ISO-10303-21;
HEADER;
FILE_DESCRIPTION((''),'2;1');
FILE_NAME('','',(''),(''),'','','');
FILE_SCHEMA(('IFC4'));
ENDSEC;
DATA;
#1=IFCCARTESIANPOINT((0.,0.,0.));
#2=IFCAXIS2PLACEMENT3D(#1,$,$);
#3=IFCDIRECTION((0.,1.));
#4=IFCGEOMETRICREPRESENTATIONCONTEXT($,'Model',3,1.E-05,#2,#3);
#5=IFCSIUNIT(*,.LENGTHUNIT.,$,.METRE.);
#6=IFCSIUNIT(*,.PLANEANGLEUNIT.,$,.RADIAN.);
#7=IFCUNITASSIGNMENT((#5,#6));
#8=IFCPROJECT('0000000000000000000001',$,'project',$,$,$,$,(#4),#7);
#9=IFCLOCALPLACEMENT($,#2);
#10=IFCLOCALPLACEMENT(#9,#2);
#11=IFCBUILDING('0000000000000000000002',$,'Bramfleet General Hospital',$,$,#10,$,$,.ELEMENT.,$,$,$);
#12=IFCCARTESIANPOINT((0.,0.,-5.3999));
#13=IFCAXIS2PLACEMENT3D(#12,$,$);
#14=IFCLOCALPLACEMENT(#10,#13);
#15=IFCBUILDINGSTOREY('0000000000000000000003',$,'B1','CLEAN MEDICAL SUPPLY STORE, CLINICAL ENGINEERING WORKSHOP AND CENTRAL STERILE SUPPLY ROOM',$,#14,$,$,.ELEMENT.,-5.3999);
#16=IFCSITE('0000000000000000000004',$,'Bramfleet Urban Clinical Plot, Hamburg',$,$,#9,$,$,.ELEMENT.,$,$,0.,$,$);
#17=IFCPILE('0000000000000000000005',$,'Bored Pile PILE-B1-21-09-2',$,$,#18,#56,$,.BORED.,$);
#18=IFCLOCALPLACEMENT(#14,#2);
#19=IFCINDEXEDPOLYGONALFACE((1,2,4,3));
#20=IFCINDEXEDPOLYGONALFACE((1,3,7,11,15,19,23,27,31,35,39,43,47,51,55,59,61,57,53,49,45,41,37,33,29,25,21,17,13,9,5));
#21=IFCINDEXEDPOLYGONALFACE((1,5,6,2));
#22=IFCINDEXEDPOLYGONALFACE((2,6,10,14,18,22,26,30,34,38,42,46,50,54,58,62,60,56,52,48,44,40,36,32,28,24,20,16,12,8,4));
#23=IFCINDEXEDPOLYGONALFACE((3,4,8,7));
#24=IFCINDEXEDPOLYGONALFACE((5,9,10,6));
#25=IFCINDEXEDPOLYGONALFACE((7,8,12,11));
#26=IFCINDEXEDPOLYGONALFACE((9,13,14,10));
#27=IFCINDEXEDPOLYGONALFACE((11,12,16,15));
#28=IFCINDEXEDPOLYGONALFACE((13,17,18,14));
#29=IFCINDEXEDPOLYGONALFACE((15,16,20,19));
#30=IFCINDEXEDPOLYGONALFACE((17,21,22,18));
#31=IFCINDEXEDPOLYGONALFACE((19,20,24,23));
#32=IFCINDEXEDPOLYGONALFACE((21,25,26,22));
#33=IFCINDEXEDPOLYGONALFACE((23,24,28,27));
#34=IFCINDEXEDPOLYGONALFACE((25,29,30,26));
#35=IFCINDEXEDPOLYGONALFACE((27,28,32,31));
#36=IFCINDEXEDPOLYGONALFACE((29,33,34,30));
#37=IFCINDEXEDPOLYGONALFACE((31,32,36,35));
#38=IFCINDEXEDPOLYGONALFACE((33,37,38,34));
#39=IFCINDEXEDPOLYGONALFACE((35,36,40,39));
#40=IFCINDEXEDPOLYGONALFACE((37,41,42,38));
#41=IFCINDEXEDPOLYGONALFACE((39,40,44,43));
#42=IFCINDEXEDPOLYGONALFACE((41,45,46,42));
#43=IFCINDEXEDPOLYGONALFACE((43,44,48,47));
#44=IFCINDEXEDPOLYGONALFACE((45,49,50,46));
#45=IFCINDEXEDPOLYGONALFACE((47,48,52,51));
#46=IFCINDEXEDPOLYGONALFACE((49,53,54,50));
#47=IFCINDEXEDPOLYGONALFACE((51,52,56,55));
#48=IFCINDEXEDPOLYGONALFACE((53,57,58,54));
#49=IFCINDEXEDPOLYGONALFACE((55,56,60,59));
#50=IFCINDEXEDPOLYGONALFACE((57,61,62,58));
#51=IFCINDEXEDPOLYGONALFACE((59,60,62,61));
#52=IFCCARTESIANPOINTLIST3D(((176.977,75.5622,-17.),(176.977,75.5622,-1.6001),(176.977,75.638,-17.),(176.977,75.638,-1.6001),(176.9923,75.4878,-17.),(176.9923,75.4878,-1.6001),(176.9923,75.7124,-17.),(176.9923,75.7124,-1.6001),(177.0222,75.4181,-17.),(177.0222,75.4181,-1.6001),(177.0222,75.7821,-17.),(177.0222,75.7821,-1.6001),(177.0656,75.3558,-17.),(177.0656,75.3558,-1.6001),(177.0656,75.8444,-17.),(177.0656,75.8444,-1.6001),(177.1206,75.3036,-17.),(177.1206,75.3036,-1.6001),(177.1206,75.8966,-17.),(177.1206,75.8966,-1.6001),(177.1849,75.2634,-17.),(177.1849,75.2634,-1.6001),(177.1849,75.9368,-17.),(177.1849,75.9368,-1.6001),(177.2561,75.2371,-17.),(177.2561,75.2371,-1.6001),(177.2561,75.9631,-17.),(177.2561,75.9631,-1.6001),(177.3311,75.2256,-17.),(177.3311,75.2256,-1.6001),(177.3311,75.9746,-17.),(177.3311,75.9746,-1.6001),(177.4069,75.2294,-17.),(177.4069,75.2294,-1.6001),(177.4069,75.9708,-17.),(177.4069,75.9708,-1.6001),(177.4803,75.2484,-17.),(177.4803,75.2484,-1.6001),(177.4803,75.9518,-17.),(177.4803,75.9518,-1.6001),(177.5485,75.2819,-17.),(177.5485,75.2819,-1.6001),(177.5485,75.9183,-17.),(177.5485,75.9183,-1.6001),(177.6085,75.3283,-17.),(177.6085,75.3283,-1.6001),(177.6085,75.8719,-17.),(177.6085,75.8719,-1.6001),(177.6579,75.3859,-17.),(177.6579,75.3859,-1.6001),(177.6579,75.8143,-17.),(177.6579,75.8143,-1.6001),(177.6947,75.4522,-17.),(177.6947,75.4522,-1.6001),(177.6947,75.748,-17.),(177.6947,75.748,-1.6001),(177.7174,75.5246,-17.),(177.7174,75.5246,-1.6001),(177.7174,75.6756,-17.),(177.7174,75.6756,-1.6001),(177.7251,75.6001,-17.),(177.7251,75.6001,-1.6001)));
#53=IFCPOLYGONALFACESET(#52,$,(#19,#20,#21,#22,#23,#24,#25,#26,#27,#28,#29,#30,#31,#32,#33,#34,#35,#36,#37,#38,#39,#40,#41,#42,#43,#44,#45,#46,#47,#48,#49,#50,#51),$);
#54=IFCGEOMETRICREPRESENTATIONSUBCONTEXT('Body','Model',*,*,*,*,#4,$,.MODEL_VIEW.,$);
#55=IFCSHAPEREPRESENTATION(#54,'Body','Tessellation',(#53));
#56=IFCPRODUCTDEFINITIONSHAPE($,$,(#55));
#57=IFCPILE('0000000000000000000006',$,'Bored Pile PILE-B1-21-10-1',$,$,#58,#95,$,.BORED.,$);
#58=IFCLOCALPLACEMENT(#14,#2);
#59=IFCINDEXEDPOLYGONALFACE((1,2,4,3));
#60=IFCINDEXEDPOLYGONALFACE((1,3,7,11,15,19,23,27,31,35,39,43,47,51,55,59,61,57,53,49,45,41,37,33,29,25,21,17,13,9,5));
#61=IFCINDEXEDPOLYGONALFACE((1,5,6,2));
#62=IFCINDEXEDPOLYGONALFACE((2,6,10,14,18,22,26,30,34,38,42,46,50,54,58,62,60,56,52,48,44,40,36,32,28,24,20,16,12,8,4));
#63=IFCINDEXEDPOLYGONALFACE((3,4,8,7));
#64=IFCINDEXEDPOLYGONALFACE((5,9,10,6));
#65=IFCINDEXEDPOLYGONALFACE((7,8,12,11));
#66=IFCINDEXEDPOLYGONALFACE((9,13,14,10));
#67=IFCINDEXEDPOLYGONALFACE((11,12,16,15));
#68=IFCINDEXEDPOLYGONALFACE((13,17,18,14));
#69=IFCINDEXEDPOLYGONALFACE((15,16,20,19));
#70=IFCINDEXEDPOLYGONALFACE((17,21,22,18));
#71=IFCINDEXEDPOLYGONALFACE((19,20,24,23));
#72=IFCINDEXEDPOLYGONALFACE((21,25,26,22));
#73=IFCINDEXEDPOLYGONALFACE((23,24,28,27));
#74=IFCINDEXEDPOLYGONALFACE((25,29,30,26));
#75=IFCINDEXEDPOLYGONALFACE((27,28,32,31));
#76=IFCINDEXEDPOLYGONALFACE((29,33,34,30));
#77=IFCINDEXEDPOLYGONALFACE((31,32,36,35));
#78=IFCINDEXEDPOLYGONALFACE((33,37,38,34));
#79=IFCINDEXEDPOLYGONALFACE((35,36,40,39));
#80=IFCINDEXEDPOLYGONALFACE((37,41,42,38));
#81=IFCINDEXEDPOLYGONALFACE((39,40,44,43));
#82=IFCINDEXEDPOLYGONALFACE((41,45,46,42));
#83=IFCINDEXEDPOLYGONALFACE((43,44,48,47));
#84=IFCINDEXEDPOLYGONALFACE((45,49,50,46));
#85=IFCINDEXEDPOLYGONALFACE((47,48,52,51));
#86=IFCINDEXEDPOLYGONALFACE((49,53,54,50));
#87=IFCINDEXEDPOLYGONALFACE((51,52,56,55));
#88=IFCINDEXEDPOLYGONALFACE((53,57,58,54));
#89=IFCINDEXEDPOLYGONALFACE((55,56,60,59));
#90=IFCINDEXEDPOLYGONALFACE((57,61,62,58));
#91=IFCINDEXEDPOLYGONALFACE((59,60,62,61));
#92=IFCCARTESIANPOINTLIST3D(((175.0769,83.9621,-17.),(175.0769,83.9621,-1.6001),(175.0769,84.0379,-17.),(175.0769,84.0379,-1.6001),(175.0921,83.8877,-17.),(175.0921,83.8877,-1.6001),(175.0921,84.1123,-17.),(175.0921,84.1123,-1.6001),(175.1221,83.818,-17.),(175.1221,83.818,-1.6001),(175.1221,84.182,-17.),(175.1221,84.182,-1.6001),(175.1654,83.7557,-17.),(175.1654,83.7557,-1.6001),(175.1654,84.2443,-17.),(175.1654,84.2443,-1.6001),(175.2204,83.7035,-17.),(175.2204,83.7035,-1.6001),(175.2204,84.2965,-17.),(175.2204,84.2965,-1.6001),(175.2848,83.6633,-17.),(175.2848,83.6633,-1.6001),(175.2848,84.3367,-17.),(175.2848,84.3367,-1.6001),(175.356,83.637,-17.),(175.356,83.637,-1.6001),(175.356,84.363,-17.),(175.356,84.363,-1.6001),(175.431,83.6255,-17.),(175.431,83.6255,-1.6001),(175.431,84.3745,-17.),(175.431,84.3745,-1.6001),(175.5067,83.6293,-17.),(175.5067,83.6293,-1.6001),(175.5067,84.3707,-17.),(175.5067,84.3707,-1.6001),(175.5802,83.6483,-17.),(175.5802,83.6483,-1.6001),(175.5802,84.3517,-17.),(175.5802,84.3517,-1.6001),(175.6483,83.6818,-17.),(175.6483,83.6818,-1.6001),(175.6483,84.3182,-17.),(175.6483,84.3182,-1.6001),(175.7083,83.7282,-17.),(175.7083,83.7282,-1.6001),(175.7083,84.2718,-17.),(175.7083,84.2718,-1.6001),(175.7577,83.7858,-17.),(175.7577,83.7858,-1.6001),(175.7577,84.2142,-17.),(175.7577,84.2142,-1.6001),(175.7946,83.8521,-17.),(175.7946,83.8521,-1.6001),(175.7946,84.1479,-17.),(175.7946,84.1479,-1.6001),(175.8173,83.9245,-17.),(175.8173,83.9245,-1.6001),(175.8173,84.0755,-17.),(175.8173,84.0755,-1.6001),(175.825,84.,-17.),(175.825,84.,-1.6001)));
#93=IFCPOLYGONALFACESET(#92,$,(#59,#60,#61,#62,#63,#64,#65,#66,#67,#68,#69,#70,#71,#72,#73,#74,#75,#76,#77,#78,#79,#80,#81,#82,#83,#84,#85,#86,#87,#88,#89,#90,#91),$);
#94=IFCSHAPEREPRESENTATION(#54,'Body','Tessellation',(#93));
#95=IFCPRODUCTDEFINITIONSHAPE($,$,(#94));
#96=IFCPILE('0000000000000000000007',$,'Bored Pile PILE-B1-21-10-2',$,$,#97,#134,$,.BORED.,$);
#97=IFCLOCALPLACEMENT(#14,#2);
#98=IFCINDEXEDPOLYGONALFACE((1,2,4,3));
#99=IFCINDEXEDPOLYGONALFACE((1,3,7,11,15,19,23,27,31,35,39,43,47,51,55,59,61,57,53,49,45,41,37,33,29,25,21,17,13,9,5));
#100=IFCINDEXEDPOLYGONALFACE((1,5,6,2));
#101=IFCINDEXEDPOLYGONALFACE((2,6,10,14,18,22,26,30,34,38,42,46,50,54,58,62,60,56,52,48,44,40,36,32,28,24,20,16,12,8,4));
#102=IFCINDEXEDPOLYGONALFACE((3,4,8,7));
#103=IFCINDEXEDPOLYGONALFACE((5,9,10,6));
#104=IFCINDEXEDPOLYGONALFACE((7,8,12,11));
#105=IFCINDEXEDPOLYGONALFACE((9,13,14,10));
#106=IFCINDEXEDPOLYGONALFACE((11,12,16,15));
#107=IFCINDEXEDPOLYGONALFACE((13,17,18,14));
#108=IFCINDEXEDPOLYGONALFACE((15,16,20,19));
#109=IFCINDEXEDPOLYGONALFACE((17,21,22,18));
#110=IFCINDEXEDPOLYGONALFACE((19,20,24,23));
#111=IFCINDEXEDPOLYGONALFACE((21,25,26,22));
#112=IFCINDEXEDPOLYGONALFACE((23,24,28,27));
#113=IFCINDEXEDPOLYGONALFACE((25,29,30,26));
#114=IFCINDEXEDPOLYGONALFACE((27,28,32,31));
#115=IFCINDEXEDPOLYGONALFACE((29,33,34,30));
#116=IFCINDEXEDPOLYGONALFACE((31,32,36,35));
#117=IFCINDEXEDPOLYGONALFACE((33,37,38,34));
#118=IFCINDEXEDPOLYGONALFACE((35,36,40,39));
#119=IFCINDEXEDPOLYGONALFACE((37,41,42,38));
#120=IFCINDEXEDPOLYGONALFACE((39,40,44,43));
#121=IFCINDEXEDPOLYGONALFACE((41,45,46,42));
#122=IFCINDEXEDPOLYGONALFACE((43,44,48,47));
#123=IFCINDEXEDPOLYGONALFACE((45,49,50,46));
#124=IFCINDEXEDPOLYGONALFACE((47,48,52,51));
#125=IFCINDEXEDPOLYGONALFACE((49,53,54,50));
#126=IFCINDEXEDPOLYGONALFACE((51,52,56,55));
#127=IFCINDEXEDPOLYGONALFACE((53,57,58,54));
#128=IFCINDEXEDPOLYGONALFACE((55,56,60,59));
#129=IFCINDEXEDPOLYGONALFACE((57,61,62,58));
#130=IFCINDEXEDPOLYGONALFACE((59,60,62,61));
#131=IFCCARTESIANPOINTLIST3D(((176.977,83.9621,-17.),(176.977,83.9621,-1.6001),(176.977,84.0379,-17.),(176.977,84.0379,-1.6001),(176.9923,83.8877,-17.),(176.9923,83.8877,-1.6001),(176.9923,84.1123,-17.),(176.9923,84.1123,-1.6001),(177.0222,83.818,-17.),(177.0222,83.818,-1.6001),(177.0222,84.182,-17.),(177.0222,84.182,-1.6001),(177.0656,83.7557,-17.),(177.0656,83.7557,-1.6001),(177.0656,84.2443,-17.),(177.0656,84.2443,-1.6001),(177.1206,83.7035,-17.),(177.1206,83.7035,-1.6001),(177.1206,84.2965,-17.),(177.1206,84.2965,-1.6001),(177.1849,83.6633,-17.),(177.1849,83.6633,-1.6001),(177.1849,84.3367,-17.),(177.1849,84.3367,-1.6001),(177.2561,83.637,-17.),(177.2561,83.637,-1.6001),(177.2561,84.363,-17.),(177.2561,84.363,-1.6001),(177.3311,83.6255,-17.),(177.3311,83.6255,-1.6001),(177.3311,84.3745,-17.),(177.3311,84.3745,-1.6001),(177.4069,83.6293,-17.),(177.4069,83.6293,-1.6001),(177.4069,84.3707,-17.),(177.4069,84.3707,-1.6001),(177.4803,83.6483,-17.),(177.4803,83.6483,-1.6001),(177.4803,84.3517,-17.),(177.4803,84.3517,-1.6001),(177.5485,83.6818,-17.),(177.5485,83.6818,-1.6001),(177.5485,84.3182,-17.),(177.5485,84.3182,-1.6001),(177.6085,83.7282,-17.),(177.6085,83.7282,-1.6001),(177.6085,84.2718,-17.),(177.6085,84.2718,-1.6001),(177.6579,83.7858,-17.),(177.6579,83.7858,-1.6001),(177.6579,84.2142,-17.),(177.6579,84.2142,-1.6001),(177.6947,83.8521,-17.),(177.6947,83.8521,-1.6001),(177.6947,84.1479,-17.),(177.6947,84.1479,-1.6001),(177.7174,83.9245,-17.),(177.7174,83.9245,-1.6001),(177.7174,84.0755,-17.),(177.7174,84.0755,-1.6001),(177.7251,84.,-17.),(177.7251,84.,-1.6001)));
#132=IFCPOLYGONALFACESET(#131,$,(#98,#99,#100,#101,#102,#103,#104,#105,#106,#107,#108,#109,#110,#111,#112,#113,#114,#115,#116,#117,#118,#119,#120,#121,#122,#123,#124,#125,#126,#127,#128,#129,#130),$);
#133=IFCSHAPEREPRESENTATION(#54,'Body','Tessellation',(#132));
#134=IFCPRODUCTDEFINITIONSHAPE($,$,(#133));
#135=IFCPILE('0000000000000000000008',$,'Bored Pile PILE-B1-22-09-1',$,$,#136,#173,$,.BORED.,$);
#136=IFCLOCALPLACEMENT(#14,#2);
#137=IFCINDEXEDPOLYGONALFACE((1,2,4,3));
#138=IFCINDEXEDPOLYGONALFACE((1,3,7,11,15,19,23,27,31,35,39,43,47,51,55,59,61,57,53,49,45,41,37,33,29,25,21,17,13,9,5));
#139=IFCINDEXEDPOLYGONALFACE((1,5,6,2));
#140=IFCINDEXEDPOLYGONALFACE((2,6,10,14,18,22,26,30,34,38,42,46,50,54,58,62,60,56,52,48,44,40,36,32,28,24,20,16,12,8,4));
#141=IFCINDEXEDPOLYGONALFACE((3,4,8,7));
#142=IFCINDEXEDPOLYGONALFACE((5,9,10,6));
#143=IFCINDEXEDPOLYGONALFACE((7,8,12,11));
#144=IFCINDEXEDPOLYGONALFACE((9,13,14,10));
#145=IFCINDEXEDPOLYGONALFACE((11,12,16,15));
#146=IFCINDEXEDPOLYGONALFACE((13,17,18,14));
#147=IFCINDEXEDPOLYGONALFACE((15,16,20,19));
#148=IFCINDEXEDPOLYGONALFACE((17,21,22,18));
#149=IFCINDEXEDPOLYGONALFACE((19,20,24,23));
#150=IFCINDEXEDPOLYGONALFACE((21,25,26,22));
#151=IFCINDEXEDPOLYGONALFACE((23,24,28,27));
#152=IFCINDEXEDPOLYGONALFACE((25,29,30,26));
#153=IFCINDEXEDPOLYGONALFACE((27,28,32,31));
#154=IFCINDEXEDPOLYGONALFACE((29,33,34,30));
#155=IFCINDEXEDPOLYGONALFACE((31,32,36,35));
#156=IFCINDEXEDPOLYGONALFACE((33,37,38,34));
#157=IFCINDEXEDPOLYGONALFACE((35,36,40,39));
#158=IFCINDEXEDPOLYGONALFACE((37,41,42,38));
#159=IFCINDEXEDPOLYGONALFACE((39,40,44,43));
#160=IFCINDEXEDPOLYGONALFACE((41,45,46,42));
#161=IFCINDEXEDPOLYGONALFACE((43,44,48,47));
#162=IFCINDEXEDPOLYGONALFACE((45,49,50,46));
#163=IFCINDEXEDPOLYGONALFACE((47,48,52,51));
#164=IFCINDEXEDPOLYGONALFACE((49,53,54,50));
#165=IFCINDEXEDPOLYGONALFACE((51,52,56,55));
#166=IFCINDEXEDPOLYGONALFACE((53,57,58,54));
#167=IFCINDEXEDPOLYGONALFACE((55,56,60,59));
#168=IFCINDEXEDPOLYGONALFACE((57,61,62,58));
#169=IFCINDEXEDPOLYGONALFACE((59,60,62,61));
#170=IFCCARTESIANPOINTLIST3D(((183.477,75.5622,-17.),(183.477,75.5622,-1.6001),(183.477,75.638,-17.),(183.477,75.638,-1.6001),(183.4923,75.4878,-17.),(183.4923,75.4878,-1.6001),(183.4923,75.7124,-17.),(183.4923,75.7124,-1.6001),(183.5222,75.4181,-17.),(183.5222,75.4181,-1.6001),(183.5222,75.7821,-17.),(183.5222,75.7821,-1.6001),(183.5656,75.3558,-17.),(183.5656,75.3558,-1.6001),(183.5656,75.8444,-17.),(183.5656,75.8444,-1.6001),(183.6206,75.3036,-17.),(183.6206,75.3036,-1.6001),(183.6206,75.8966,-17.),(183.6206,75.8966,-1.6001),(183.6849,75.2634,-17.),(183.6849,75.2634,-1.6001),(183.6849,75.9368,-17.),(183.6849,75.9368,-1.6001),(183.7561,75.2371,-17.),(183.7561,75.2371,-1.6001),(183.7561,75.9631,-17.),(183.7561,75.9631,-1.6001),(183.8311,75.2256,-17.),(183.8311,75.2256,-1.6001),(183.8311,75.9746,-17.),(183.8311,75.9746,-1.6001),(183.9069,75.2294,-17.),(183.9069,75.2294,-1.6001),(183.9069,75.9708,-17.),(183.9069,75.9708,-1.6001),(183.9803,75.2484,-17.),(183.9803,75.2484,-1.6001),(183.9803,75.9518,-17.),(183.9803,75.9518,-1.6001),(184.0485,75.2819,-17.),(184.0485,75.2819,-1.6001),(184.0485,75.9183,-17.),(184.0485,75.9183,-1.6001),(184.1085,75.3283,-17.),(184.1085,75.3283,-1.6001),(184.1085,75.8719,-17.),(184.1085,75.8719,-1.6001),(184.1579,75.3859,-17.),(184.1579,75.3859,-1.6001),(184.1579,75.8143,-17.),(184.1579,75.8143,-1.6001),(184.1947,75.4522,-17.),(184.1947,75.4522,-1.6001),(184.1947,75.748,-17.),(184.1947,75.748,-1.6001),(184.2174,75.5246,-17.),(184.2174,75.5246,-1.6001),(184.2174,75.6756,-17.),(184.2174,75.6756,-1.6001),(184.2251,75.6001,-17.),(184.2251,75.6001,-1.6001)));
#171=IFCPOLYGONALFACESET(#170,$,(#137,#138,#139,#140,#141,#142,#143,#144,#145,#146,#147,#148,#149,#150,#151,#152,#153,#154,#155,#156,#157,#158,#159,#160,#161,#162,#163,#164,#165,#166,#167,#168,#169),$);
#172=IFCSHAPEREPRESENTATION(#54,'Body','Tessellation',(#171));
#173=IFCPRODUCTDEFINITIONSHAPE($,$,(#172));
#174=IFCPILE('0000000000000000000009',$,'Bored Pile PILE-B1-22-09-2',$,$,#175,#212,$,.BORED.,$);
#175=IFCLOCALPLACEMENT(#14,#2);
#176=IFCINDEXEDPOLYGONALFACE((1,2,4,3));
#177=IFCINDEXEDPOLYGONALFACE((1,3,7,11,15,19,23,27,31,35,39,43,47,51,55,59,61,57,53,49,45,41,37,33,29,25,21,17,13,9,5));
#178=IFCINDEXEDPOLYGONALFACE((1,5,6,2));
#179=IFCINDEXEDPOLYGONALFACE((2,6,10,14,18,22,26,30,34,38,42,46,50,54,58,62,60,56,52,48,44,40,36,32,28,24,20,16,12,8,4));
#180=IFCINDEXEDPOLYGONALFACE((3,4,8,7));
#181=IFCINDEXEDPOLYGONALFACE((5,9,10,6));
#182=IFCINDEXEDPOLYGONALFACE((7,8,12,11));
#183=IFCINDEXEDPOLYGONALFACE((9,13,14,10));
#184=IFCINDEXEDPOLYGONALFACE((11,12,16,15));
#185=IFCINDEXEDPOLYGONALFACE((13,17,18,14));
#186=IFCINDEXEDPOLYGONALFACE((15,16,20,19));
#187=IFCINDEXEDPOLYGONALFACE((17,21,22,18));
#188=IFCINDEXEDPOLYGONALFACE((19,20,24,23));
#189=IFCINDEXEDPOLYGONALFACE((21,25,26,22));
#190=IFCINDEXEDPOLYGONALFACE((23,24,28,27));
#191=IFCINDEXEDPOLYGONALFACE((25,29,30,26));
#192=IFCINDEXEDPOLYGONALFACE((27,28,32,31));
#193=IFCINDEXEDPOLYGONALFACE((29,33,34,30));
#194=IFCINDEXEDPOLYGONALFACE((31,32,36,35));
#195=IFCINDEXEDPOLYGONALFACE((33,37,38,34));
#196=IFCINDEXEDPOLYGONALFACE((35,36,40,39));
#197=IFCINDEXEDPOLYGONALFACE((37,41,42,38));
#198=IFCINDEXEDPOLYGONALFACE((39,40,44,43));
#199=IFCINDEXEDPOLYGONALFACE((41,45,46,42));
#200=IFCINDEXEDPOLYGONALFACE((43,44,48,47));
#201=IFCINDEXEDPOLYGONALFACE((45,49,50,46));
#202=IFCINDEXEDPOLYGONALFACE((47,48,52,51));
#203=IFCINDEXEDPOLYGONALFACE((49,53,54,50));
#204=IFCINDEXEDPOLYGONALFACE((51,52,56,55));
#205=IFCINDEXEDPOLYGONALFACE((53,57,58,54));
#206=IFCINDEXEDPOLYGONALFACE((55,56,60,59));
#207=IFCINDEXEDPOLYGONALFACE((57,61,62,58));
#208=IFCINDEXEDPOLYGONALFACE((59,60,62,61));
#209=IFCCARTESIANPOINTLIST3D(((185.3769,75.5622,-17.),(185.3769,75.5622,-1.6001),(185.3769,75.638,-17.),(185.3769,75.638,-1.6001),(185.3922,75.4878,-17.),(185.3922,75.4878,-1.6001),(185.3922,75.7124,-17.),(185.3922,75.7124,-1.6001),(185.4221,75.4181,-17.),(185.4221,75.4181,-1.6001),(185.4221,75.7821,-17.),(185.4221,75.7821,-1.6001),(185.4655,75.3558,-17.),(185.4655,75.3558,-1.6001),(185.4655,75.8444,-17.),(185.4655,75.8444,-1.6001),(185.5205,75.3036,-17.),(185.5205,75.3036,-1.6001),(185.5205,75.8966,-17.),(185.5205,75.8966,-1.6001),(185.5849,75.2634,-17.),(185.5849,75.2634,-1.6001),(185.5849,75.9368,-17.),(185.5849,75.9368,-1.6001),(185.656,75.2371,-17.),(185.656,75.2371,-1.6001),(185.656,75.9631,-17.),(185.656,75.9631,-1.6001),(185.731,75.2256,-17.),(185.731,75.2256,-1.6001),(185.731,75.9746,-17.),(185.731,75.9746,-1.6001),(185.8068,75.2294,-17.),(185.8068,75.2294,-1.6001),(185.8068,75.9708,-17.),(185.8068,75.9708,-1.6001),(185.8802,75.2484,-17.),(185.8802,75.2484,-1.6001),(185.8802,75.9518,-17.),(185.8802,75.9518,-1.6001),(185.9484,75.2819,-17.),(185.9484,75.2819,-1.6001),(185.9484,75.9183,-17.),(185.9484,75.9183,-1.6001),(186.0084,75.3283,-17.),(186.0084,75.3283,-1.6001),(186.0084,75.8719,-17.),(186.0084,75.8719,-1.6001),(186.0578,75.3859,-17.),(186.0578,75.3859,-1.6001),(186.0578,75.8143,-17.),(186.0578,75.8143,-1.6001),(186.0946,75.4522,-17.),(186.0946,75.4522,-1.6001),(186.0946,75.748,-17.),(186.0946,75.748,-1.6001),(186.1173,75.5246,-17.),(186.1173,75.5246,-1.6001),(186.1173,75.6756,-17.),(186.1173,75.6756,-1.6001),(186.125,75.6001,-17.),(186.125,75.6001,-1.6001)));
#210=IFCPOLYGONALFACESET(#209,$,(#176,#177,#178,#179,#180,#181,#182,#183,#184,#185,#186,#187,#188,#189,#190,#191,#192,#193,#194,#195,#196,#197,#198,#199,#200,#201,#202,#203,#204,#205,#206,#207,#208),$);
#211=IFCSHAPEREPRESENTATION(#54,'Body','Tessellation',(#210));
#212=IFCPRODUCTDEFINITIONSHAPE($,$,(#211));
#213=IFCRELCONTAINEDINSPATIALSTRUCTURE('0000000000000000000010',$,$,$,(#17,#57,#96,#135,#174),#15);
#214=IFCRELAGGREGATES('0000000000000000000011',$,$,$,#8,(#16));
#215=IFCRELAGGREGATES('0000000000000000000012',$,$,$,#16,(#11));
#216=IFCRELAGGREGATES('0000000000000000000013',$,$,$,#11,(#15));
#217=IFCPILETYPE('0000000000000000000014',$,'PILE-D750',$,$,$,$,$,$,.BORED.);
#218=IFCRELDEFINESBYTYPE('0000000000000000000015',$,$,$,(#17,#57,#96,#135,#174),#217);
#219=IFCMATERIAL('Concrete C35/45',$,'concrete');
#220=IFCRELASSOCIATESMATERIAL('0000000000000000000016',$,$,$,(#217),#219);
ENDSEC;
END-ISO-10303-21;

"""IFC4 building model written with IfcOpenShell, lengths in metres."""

from ifc_helpers import new_model, si_unit, direction, frame, origin, origin_2d, place, context, subcontext, project, spatial, circle, extrude, material, material_profile, profile_set, type_object, element, save


model = new_model("IFC4")

# Units and contexts
model_context = context("Model", 3, precision=1e-05, world=origin(), true_north=direction((0.0, 1.0)))
body_context = subcontext(model_context, "Body", "Model", "MODEL_VIEW")
ifc_project = project(units=[si_unit("LENGTHUNIT", "METRE"), si_unit("PLANEANGLEUNIT", "RADIAN")], contexts=[model_context])

# Site, building, storey
site_placement = place(None, origin())
site = spatial("IfcSite", under=ifc_project, at=site_placement, Name="Bramfleet Urban Clinical Plot, Hamburg", CompositionType="ELEMENT", RefElevation=0.0)
building_placement = place(site_placement, origin())
building = spatial("IfcBuilding", under=site, at=building_placement, Name="Bramfleet General Hospital", CompositionType="ELEMENT")
storey_placement = place(building_placement, frame((0.0, 0.0, -5.3999)))
storey = spatial("IfcBuildingStorey", under=building, at=storey_placement, Name="B1", Description="CLEAN MEDICAL SUPPLY STORE, CLINICAL ENGINEERING WORKSHOP AND CENTRAL STERILE SUPPLY ROOM", CompositionType="ELEMENT", Elevation=-5.3999)

# Shared definitions
ifc_material_1 = material(Name="Concrete C35/45", Category="concrete")

# Piles
ifc_material_profile_1 = material_profile(ifc_material_1, circle(Radius=0.375, at=origin_2d()), Name="PILE BORED D750")
ifc_profile_set_1 = profile_set([ifc_material_profile_1], Name="Concrete C35/45")
pile_type = type_object("IfcPileType", Name="PILE-D750", PredefinedType="BORED", material=ifc_profile_set_1)
for number, where, z_axis, x_axis, name in (
    (1, (177.3501, 75.6001, -1.6001), (0.0, 0.0, -1.0), (1.0, 0.0, 0.0), "Bored Pile PILE-B1-21-09-2"),
    (2, (175.45, 84.0, -1.6001), (0.0, 0.0, -1.0), (1.0, 0.0, 0.0), "Bored Pile PILE-B1-21-10-1"),
    (3, (177.3501, 84.0, -1.6001), (0.0, 0.0, -1.0), (1.0, 0.0, 0.0), "Bored Pile PILE-B1-21-10-2"),
    (4, (183.8501, 75.6001, -1.6001), (0.0, 0.0, -1.0), (1.0, 0.0, 0.0), "Bored Pile PILE-B1-22-09-1"),
    (5, (185.75, 75.6001, -1.6001), (0.0, 0.0, -1.0), (1.0, 0.0, 0.0), "Bored Pile PILE-B1-22-09-2"),
):
    element("IfcPile", number, at=place(storey_placement, frame(where, z_axis=z_axis, x_axis=x_axis)), inside=storey, type_object=pile_type, Name=name, PredefinedType="BORED", context=body_context, shape_type="SweptSolid", body=[
        extrude(circle(Radius=0.375, at=origin_2d()), origin(), (0.0, 0.0, 1.0), 15.3999),
    ])

save(model, "model.ifc")
